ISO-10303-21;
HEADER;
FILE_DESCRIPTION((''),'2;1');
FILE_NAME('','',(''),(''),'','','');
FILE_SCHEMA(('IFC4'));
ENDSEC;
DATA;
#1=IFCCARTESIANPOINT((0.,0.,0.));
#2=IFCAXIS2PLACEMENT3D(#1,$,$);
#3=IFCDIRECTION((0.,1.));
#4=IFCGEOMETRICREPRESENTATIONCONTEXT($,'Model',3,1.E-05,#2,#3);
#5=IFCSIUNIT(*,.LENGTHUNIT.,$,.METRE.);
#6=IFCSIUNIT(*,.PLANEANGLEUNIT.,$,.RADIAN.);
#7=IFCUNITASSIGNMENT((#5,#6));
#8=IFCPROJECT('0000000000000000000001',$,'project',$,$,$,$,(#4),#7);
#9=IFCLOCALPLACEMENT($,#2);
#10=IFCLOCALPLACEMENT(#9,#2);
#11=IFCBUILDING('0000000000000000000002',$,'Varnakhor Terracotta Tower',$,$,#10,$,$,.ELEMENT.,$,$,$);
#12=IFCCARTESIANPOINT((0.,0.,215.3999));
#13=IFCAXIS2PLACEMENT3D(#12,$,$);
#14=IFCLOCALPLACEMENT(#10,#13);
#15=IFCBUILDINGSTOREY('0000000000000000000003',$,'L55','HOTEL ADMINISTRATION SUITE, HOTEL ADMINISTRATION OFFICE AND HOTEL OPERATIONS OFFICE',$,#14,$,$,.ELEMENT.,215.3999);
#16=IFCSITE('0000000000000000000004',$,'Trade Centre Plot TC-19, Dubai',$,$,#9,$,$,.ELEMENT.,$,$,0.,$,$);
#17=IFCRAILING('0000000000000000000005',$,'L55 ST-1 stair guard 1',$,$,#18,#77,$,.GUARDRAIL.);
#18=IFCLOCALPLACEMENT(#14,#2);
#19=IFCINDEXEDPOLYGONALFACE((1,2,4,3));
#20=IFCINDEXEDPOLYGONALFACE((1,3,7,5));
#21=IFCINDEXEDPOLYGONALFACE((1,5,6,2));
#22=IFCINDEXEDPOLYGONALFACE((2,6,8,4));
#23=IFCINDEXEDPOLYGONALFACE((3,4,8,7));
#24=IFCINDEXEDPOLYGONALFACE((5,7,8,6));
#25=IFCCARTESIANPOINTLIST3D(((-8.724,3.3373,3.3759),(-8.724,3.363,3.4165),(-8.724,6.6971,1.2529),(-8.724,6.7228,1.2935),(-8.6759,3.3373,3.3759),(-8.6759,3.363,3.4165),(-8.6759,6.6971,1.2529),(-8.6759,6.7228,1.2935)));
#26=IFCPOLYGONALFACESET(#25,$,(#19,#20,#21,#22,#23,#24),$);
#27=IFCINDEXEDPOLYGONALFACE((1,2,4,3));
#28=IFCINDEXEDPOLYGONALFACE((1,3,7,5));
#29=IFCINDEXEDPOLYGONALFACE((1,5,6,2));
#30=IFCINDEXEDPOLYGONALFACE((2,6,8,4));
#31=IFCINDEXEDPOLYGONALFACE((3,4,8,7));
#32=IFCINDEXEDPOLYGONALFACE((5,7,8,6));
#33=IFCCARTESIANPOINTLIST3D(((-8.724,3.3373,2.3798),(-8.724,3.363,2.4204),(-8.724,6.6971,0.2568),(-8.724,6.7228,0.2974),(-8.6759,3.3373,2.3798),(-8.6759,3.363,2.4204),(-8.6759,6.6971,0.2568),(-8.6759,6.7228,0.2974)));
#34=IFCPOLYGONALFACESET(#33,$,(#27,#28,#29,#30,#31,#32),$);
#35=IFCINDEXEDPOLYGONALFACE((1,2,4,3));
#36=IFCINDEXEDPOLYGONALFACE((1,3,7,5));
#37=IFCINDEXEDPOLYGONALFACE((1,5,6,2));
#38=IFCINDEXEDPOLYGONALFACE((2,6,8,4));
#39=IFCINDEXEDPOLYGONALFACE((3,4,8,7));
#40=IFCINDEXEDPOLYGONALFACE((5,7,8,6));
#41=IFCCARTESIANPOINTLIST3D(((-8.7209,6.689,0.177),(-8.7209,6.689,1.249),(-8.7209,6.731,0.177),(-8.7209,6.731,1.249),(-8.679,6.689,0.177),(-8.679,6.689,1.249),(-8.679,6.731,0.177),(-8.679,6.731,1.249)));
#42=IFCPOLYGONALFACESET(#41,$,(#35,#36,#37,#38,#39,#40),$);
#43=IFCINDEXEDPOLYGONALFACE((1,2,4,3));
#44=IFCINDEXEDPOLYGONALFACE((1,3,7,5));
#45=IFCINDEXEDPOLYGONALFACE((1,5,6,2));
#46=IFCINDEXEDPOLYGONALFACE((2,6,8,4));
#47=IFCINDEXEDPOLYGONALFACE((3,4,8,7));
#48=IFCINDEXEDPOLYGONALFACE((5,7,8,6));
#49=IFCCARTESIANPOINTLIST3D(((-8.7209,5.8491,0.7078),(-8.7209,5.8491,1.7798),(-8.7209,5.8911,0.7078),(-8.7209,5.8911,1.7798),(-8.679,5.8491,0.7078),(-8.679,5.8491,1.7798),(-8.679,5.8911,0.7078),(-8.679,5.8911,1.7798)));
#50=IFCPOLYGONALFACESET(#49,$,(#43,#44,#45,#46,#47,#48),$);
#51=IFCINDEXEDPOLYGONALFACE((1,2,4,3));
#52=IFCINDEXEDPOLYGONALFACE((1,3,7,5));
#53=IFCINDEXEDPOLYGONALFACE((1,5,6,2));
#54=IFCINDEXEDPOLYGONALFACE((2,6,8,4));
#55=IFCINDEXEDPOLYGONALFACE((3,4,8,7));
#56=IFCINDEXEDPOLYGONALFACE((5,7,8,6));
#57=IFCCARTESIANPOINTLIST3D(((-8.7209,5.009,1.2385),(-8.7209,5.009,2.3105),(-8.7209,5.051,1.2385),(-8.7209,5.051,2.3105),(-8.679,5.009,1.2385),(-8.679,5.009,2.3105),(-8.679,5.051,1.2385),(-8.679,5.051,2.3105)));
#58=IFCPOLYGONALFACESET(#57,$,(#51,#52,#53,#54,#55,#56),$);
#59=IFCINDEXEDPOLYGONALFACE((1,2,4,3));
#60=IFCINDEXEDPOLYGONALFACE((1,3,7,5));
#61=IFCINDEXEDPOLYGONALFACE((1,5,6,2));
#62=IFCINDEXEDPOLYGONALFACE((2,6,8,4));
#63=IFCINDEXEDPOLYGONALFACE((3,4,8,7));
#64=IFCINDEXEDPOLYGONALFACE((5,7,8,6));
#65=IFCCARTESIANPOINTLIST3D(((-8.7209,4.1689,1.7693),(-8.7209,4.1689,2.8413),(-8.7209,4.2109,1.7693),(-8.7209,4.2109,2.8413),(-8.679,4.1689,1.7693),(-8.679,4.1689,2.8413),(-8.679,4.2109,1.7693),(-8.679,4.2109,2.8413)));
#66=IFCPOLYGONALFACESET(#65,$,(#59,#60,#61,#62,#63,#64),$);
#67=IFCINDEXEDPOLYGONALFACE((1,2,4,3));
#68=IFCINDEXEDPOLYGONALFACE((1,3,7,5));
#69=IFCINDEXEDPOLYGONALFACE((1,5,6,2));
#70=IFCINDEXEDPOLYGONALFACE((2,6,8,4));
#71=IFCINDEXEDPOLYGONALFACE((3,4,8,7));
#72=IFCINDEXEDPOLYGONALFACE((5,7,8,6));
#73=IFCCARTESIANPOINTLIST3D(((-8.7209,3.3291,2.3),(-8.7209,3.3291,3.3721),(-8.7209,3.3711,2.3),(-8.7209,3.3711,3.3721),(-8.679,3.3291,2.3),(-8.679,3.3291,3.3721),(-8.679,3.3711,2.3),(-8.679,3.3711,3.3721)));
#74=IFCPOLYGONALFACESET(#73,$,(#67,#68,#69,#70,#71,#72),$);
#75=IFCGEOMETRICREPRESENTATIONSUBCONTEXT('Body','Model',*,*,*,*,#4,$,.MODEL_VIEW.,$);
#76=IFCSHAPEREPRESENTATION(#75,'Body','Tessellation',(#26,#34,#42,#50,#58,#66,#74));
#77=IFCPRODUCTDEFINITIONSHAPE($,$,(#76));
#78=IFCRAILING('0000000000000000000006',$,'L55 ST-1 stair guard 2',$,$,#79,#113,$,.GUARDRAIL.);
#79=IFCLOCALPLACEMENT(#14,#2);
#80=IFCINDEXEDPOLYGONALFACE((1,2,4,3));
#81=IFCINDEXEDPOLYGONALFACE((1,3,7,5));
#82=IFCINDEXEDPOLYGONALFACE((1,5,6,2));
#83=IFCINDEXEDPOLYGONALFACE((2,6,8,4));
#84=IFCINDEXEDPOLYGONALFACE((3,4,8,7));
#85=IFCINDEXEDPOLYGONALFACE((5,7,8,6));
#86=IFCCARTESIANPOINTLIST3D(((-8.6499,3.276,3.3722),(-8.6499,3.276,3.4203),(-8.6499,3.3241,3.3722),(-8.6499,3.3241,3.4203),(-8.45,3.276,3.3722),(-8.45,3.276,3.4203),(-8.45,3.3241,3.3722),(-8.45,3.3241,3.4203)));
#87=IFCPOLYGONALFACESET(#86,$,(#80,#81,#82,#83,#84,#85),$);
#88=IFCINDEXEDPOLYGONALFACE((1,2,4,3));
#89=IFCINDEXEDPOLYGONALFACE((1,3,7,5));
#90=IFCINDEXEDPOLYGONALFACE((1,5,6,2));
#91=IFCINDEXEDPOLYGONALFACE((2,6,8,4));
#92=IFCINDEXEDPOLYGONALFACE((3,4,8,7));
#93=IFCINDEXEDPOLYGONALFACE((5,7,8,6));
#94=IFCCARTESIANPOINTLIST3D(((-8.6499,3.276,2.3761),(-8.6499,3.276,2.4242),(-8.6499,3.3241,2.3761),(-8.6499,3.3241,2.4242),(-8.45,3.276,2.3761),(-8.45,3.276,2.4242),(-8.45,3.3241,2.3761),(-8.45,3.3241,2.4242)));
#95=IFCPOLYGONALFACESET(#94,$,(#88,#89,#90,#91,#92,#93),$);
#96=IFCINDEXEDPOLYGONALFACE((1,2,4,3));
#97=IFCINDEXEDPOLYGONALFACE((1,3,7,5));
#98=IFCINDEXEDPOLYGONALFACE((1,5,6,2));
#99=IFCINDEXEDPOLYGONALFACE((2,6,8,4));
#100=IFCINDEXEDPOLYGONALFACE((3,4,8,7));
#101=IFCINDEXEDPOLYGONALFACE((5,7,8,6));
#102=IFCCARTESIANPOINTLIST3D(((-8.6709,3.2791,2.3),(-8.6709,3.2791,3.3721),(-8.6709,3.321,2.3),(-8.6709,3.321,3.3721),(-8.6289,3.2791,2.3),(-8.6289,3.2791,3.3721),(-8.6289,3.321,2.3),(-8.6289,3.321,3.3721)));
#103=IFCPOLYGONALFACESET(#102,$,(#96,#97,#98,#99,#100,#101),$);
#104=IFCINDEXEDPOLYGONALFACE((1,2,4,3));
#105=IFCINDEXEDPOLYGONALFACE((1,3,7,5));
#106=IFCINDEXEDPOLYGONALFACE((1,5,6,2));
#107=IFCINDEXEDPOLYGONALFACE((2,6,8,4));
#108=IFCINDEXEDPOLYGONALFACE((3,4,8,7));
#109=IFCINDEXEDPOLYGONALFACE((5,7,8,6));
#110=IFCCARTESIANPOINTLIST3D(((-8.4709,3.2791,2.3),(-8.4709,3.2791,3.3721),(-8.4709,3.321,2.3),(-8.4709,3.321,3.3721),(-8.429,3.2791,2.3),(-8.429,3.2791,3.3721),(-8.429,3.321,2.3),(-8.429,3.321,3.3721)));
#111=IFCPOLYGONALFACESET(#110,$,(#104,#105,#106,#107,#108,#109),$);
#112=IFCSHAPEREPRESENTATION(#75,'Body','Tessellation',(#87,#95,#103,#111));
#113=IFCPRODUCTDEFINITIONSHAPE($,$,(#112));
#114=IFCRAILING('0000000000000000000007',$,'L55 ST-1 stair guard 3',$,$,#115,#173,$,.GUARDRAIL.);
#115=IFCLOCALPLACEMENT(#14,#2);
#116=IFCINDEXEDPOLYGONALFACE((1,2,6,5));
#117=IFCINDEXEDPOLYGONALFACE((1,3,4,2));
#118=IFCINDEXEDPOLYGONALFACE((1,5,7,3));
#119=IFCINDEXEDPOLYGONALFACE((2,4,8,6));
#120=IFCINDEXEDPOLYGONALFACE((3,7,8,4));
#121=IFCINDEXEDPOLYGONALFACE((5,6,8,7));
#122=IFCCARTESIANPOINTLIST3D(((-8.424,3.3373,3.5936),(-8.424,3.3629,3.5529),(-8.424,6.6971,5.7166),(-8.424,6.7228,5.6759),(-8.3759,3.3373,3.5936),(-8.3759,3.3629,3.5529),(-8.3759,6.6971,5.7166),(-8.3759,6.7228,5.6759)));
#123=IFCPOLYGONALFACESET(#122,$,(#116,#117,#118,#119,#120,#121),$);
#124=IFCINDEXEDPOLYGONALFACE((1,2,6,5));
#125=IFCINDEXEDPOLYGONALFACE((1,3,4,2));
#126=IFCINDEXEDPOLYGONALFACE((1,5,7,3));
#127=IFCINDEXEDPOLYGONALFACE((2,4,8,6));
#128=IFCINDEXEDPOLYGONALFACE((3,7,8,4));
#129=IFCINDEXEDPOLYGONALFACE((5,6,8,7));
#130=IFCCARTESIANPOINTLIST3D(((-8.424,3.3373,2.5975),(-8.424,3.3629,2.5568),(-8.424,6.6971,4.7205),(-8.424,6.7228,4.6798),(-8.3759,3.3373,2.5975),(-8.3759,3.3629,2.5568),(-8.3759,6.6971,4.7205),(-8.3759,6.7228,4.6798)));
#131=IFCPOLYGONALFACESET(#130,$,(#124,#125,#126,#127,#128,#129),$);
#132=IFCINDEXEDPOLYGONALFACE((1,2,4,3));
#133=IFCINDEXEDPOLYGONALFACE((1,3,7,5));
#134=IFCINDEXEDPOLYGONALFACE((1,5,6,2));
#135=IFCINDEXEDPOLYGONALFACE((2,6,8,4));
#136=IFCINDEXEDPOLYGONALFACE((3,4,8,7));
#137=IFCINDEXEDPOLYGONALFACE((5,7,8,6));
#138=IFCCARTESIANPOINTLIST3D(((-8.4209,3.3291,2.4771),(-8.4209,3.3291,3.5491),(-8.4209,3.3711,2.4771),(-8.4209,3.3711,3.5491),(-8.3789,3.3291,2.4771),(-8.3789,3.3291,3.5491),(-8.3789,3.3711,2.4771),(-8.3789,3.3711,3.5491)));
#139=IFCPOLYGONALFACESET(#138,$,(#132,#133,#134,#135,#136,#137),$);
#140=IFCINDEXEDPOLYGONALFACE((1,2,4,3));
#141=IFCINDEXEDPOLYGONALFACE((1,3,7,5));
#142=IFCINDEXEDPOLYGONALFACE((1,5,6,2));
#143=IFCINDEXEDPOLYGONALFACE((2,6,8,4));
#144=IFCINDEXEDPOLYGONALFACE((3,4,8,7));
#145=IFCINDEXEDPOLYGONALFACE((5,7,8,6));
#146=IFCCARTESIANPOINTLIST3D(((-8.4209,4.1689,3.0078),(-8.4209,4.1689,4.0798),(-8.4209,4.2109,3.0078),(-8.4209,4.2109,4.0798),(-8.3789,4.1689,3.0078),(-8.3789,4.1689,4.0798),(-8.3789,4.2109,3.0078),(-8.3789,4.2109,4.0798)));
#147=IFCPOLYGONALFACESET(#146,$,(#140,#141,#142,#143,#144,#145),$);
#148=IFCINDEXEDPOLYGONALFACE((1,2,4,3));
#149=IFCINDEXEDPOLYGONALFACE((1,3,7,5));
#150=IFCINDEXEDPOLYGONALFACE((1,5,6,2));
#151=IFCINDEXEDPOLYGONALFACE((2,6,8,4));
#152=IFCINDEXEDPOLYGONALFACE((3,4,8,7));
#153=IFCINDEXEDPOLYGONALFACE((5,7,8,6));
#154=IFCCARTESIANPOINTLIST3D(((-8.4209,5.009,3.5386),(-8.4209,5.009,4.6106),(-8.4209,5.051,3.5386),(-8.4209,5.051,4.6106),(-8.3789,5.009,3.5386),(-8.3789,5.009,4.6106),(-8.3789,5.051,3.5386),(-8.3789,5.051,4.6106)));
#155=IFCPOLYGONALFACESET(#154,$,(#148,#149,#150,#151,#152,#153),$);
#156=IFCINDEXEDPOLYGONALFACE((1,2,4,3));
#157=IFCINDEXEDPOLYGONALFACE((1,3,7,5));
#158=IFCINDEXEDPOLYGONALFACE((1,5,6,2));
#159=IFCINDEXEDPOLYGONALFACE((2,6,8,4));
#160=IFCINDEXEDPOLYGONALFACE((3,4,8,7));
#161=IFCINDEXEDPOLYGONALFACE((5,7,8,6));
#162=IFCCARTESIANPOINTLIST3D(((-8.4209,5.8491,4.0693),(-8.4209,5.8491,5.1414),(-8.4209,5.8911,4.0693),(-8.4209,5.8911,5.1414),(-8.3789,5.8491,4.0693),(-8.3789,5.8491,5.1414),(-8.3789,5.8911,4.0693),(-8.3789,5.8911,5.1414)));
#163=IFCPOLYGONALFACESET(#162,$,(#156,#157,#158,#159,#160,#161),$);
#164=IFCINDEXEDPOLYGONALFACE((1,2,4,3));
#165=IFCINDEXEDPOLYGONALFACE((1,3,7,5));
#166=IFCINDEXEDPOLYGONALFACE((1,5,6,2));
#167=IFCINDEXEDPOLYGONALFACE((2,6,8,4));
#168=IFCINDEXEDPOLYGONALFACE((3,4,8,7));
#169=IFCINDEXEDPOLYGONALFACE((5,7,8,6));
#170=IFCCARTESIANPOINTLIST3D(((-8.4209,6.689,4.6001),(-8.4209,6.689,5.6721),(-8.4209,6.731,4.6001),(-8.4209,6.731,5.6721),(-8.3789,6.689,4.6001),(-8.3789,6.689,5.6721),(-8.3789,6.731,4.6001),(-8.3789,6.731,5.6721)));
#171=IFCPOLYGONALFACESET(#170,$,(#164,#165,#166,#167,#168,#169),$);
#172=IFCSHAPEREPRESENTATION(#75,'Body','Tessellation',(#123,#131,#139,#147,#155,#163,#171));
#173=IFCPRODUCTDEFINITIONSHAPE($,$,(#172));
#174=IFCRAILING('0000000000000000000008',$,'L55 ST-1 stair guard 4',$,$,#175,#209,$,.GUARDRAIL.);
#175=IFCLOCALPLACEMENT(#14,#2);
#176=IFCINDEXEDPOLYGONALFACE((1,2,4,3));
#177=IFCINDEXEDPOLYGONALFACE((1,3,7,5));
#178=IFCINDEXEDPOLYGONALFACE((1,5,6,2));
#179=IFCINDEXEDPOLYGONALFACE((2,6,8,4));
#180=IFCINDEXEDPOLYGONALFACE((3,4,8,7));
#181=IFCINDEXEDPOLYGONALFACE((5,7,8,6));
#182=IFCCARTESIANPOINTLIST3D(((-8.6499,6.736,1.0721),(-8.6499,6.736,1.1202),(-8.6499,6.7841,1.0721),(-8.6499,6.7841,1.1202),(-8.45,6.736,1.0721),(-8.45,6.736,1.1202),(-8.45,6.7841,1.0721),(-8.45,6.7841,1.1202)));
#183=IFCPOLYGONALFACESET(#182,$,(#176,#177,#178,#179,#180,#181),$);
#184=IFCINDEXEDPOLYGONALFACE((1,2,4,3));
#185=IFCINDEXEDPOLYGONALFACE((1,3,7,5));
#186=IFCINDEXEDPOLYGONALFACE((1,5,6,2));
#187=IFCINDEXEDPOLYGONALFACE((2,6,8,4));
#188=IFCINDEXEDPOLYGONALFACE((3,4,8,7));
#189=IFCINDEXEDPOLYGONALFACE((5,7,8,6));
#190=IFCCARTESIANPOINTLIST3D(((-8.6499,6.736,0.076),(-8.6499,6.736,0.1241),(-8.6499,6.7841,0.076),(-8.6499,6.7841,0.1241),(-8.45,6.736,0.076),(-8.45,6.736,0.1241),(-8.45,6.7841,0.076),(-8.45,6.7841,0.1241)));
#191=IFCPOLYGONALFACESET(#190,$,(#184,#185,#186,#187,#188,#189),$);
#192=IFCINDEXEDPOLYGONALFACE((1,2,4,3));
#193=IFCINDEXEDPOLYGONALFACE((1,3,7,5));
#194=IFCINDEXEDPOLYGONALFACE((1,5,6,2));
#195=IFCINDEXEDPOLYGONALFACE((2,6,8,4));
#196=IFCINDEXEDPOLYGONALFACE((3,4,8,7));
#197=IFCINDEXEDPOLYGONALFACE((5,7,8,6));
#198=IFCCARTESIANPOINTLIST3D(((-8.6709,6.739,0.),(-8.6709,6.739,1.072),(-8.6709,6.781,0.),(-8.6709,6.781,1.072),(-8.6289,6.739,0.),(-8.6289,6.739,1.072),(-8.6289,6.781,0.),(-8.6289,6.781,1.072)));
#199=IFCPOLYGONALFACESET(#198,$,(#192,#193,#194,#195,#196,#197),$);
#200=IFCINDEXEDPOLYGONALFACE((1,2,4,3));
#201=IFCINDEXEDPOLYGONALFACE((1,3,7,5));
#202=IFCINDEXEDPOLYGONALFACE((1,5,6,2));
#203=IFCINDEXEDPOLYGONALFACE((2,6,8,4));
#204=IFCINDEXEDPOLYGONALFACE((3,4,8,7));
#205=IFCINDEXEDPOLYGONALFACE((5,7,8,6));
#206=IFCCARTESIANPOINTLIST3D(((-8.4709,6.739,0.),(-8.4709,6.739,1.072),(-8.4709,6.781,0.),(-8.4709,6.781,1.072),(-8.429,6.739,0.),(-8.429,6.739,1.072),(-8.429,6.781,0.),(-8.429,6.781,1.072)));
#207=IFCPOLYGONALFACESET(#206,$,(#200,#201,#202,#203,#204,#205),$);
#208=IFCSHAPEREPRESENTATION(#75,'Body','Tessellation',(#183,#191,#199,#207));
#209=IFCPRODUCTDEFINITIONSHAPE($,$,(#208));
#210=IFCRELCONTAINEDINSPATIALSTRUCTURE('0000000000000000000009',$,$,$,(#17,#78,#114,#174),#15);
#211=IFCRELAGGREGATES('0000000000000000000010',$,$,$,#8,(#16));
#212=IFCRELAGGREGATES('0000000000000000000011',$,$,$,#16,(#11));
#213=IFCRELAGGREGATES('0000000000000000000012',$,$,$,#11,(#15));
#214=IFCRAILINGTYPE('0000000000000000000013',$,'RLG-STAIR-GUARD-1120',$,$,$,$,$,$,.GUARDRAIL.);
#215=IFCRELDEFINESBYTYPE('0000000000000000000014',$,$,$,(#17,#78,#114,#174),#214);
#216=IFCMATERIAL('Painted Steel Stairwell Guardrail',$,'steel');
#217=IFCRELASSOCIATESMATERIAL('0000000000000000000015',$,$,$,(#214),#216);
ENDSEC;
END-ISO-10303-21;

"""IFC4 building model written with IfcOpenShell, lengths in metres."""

from ifc_helpers import new_model, si_unit, direction, frame, origin, origin_2d, place, context, subcontext, project, spatial, rectangle, extrude, material, type_object, element, save


model = new_model("IFC4")

# Units and contexts
model_context = context("Model", 3, precision=1e-05, world=origin(), true_north=direction((0.0, 1.0)))
body_context = subcontext(model_context, "Body", "Model", "MODEL_VIEW")
ifc_project = project(units=[si_unit("LENGTHUNIT", "METRE"), si_unit("PLANEANGLEUNIT", "RADIAN")], contexts=[model_context])

# Site, building, storey
site_placement = place(None, origin())
site = spatial("IfcSite", under=ifc_project, at=site_placement, Name="Trade Centre Plot TC-19, Dubai", CompositionType="ELEMENT", RefElevation=0.0)
building_placement = place(site_placement, origin())
building = spatial("IfcBuilding", under=site, at=building_placement, Name="Varnakhor Terracotta Tower", CompositionType="ELEMENT")
storey_placement = place(building_placement, frame((0.0, 0.0, 215.3999)))
storey = spatial("IfcBuildingStorey", under=building, at=storey_placement, Name="L55", Description="HOTEL ADMINISTRATION SUITE, HOTEL ADMINISTRATION OFFICE AND HOTEL OPERATIONS OFFICE", CompositionType="ELEMENT", Elevation=215.3999)

# Railings
ifc_material_1 = material(Name="Painted Steel Stairwell Guardrail", Category="steel")
railing_type_1 = type_object("IfcRailingType", Name="RLG-STAIR-GUARD-1120", PredefinedType="GUARDRAIL", material=ifc_material_1)
railing_1_placement = place(storey_placement, frame((-8.7, 6.71, 0.177)))
element("IfcRailing", 1, at=railing_1_placement, inside=storey, type_object=railing_type_1, Name="L55 ST-1 stair guard 1", PredefinedType="GUARDRAIL", context=body_context, shape_type="SweptSolid", body=[
    extrude(rectangle(XDim=0.0481, YDim=0.0481, at=origin_2d()), frame((0.0, 0.0, 1.0962), z_axis=(0.0, -0.845372, 0.534178), x_axis=(1.0, 0.0, 0.0)), (0.0, 0.0, 1.0), 3.9744),
    extrude(rectangle(XDim=0.0481, YDim=0.0481, at=origin_2d()), frame((0.0, 0.0, 0.1001), z_axis=(0.0, -0.845372, 0.534178), x_axis=(1.0, 0.0, 0.0)), (0.0, 0.0, 1.0), 3.9744),
    extrude(rectangle(XDim=0.042, YDim=0.042, at=origin_2d()), origin(), (0.0, 0.0, 1.0), 1.072),
    extrude(rectangle(XDim=0.042, YDim=0.042, at=origin_2d()), frame((0.0, -0.8398, 0.5308)), (0.0, 0.0, 1.0), 1.072),
    extrude(rectangle(XDim=0.042, YDim=0.042, at=origin_2d()), frame((0.0, -1.6799, 1.0615)), (0.0, 0.0, 1.0), 1.072),
    extrude(rectangle(XDim=0.042, YDim=0.042, at=origin_2d()), frame((0.0, -2.52, 1.5923)), (0.0, 0.0, 1.0), 1.072),
    extrude(rectangle(XDim=0.042, YDim=0.042, at=origin_2d()), frame((0.0, -3.3599, 2.123)), (0.0, 0.0, 1.0), 1.072),
])
railing_2_placement = place(storey_placement, frame((-8.6499, 3.3, 2.3)))
element("IfcRailing", 2, at=railing_2_placement, inside=storey, type_object=railing_type_1, Name="L55 ST-1 stair guard 2", PredefinedType="GUARDRAIL", context=body_context, shape_type="SweptSolid", body=[
    extrude(rectangle(XDim=0.0481, YDim=0.0481, at=origin_2d()), frame((0.0, 0.0, 1.0962), z_axis=(1.0, 0.0, 0.0), x_axis=(0.0, 1.0, 0.0)), (0.0, 0.0, 1.0), 0.2),
    extrude(rectangle(XDim=0.0481, YDim=0.0481, at=origin_2d()), frame((0.0, 0.0, 0.1001), z_axis=(1.0, 0.0, 0.0), x_axis=(0.0, 1.0, 0.0)), (0.0, 0.0, 1.0), 0.2),
    extrude(rectangle(XDim=0.042, YDim=0.042, at=origin_2d()), origin(), (0.0, 0.0, 1.0), 1.072),
    extrude(rectangle(XDim=0.042, YDim=0.042, at=origin_2d()), frame((0.2, 0.0, 0.0)), (0.0, 0.0, 1.0), 1.072),
])
railing_3_placement = place(storey_placement, frame((-8.3999, 3.3501, 2.4771)))
element("IfcRailing", 3, at=railing_3_placement, inside=storey, type_object=railing_type_1, Name="L55 ST-1 stair guard 3", PredefinedType="GUARDRAIL", context=body_context, shape_type="SweptSolid", body=[
    extrude(rectangle(XDim=0.0481, YDim=0.0481, at=origin_2d()), frame((0.0, 0.0, 1.0962), z_axis=(0.0, 0.845372, 0.534178), x_axis=(-1.0, 0.0, 0.0)), (0.0, 0.0, 1.0), 3.9744),
    extrude(rectangle(XDim=0.0481, YDim=0.0481, at=origin_2d()), frame((0.0, 0.0, 0.1001), z_axis=(0.0, 0.845372, 0.534178), x_axis=(-1.0, 0.0, 0.0)), (0.0, 0.0, 1.0), 3.9744),
    extrude(rectangle(XDim=0.042, YDim=0.042, at=origin_2d()), origin(), (0.0, 0.0, 1.0), 1.072),
    extrude(rectangle(XDim=0.042, YDim=0.042, at=origin_2d()), frame((0.0, 0.8398, 0.5308)), (0.0, 0.0, 1.0), 1.072),
    extrude(rectangle(XDim=0.042, YDim=0.042, at=origin_2d()), frame((0.0, 1.6799, 1.0615)), (0.0, 0.0, 1.0), 1.072),
    extrude(rectangle(XDim=0.042, YDim=0.042, at=origin_2d()), frame((0.0, 2.52, 1.5923)), (0.0, 0.0, 1.0), 1.072),
    extrude(rectangle(XDim=0.042, YDim=0.042, at=origin_2d()), frame((0.0, 3.3599, 2.123)), (0.0, 0.0, 1.0), 1.072),
])
railing_4_placement = place(storey_placement, frame((-8.6499, 6.76, 0.0)))
element("IfcRailing", 4, at=railing_4_placement, inside=storey, type_object=railing_type_1, Name="L55 ST-1 stair guard 4", PredefinedType="GUARDRAIL", context=body_context, shape_type="SweptSolid", body=[
    extrude(rectangle(XDim=0.0481, YDim=0.0481, at=origin_2d()), frame((0.0, 0.0, 1.0962), z_axis=(1.0, 0.0, 0.0), x_axis=(0.0, 1.0, 0.0)), (0.0, 0.0, 1.0), 0.2),
    extrude(rectangle(XDim=0.0481, YDim=0.0481, at=origin_2d()), frame((0.0, 0.0, 0.1001), z_axis=(1.0, 0.0, 0.0), x_axis=(0.0, 1.0, 0.0)), (0.0, 0.0, 1.0), 0.2),
    extrude(rectangle(XDim=0.042, YDim=0.042, at=origin_2d()), origin(), (0.0, 0.0, 1.0), 1.072),
    extrude(rectangle(XDim=0.042, YDim=0.042, at=origin_2d()), frame((0.2, 0.0, 0.0)), (0.0, 0.0, 1.0), 1.072),
])

save(model, "model.ifc")
